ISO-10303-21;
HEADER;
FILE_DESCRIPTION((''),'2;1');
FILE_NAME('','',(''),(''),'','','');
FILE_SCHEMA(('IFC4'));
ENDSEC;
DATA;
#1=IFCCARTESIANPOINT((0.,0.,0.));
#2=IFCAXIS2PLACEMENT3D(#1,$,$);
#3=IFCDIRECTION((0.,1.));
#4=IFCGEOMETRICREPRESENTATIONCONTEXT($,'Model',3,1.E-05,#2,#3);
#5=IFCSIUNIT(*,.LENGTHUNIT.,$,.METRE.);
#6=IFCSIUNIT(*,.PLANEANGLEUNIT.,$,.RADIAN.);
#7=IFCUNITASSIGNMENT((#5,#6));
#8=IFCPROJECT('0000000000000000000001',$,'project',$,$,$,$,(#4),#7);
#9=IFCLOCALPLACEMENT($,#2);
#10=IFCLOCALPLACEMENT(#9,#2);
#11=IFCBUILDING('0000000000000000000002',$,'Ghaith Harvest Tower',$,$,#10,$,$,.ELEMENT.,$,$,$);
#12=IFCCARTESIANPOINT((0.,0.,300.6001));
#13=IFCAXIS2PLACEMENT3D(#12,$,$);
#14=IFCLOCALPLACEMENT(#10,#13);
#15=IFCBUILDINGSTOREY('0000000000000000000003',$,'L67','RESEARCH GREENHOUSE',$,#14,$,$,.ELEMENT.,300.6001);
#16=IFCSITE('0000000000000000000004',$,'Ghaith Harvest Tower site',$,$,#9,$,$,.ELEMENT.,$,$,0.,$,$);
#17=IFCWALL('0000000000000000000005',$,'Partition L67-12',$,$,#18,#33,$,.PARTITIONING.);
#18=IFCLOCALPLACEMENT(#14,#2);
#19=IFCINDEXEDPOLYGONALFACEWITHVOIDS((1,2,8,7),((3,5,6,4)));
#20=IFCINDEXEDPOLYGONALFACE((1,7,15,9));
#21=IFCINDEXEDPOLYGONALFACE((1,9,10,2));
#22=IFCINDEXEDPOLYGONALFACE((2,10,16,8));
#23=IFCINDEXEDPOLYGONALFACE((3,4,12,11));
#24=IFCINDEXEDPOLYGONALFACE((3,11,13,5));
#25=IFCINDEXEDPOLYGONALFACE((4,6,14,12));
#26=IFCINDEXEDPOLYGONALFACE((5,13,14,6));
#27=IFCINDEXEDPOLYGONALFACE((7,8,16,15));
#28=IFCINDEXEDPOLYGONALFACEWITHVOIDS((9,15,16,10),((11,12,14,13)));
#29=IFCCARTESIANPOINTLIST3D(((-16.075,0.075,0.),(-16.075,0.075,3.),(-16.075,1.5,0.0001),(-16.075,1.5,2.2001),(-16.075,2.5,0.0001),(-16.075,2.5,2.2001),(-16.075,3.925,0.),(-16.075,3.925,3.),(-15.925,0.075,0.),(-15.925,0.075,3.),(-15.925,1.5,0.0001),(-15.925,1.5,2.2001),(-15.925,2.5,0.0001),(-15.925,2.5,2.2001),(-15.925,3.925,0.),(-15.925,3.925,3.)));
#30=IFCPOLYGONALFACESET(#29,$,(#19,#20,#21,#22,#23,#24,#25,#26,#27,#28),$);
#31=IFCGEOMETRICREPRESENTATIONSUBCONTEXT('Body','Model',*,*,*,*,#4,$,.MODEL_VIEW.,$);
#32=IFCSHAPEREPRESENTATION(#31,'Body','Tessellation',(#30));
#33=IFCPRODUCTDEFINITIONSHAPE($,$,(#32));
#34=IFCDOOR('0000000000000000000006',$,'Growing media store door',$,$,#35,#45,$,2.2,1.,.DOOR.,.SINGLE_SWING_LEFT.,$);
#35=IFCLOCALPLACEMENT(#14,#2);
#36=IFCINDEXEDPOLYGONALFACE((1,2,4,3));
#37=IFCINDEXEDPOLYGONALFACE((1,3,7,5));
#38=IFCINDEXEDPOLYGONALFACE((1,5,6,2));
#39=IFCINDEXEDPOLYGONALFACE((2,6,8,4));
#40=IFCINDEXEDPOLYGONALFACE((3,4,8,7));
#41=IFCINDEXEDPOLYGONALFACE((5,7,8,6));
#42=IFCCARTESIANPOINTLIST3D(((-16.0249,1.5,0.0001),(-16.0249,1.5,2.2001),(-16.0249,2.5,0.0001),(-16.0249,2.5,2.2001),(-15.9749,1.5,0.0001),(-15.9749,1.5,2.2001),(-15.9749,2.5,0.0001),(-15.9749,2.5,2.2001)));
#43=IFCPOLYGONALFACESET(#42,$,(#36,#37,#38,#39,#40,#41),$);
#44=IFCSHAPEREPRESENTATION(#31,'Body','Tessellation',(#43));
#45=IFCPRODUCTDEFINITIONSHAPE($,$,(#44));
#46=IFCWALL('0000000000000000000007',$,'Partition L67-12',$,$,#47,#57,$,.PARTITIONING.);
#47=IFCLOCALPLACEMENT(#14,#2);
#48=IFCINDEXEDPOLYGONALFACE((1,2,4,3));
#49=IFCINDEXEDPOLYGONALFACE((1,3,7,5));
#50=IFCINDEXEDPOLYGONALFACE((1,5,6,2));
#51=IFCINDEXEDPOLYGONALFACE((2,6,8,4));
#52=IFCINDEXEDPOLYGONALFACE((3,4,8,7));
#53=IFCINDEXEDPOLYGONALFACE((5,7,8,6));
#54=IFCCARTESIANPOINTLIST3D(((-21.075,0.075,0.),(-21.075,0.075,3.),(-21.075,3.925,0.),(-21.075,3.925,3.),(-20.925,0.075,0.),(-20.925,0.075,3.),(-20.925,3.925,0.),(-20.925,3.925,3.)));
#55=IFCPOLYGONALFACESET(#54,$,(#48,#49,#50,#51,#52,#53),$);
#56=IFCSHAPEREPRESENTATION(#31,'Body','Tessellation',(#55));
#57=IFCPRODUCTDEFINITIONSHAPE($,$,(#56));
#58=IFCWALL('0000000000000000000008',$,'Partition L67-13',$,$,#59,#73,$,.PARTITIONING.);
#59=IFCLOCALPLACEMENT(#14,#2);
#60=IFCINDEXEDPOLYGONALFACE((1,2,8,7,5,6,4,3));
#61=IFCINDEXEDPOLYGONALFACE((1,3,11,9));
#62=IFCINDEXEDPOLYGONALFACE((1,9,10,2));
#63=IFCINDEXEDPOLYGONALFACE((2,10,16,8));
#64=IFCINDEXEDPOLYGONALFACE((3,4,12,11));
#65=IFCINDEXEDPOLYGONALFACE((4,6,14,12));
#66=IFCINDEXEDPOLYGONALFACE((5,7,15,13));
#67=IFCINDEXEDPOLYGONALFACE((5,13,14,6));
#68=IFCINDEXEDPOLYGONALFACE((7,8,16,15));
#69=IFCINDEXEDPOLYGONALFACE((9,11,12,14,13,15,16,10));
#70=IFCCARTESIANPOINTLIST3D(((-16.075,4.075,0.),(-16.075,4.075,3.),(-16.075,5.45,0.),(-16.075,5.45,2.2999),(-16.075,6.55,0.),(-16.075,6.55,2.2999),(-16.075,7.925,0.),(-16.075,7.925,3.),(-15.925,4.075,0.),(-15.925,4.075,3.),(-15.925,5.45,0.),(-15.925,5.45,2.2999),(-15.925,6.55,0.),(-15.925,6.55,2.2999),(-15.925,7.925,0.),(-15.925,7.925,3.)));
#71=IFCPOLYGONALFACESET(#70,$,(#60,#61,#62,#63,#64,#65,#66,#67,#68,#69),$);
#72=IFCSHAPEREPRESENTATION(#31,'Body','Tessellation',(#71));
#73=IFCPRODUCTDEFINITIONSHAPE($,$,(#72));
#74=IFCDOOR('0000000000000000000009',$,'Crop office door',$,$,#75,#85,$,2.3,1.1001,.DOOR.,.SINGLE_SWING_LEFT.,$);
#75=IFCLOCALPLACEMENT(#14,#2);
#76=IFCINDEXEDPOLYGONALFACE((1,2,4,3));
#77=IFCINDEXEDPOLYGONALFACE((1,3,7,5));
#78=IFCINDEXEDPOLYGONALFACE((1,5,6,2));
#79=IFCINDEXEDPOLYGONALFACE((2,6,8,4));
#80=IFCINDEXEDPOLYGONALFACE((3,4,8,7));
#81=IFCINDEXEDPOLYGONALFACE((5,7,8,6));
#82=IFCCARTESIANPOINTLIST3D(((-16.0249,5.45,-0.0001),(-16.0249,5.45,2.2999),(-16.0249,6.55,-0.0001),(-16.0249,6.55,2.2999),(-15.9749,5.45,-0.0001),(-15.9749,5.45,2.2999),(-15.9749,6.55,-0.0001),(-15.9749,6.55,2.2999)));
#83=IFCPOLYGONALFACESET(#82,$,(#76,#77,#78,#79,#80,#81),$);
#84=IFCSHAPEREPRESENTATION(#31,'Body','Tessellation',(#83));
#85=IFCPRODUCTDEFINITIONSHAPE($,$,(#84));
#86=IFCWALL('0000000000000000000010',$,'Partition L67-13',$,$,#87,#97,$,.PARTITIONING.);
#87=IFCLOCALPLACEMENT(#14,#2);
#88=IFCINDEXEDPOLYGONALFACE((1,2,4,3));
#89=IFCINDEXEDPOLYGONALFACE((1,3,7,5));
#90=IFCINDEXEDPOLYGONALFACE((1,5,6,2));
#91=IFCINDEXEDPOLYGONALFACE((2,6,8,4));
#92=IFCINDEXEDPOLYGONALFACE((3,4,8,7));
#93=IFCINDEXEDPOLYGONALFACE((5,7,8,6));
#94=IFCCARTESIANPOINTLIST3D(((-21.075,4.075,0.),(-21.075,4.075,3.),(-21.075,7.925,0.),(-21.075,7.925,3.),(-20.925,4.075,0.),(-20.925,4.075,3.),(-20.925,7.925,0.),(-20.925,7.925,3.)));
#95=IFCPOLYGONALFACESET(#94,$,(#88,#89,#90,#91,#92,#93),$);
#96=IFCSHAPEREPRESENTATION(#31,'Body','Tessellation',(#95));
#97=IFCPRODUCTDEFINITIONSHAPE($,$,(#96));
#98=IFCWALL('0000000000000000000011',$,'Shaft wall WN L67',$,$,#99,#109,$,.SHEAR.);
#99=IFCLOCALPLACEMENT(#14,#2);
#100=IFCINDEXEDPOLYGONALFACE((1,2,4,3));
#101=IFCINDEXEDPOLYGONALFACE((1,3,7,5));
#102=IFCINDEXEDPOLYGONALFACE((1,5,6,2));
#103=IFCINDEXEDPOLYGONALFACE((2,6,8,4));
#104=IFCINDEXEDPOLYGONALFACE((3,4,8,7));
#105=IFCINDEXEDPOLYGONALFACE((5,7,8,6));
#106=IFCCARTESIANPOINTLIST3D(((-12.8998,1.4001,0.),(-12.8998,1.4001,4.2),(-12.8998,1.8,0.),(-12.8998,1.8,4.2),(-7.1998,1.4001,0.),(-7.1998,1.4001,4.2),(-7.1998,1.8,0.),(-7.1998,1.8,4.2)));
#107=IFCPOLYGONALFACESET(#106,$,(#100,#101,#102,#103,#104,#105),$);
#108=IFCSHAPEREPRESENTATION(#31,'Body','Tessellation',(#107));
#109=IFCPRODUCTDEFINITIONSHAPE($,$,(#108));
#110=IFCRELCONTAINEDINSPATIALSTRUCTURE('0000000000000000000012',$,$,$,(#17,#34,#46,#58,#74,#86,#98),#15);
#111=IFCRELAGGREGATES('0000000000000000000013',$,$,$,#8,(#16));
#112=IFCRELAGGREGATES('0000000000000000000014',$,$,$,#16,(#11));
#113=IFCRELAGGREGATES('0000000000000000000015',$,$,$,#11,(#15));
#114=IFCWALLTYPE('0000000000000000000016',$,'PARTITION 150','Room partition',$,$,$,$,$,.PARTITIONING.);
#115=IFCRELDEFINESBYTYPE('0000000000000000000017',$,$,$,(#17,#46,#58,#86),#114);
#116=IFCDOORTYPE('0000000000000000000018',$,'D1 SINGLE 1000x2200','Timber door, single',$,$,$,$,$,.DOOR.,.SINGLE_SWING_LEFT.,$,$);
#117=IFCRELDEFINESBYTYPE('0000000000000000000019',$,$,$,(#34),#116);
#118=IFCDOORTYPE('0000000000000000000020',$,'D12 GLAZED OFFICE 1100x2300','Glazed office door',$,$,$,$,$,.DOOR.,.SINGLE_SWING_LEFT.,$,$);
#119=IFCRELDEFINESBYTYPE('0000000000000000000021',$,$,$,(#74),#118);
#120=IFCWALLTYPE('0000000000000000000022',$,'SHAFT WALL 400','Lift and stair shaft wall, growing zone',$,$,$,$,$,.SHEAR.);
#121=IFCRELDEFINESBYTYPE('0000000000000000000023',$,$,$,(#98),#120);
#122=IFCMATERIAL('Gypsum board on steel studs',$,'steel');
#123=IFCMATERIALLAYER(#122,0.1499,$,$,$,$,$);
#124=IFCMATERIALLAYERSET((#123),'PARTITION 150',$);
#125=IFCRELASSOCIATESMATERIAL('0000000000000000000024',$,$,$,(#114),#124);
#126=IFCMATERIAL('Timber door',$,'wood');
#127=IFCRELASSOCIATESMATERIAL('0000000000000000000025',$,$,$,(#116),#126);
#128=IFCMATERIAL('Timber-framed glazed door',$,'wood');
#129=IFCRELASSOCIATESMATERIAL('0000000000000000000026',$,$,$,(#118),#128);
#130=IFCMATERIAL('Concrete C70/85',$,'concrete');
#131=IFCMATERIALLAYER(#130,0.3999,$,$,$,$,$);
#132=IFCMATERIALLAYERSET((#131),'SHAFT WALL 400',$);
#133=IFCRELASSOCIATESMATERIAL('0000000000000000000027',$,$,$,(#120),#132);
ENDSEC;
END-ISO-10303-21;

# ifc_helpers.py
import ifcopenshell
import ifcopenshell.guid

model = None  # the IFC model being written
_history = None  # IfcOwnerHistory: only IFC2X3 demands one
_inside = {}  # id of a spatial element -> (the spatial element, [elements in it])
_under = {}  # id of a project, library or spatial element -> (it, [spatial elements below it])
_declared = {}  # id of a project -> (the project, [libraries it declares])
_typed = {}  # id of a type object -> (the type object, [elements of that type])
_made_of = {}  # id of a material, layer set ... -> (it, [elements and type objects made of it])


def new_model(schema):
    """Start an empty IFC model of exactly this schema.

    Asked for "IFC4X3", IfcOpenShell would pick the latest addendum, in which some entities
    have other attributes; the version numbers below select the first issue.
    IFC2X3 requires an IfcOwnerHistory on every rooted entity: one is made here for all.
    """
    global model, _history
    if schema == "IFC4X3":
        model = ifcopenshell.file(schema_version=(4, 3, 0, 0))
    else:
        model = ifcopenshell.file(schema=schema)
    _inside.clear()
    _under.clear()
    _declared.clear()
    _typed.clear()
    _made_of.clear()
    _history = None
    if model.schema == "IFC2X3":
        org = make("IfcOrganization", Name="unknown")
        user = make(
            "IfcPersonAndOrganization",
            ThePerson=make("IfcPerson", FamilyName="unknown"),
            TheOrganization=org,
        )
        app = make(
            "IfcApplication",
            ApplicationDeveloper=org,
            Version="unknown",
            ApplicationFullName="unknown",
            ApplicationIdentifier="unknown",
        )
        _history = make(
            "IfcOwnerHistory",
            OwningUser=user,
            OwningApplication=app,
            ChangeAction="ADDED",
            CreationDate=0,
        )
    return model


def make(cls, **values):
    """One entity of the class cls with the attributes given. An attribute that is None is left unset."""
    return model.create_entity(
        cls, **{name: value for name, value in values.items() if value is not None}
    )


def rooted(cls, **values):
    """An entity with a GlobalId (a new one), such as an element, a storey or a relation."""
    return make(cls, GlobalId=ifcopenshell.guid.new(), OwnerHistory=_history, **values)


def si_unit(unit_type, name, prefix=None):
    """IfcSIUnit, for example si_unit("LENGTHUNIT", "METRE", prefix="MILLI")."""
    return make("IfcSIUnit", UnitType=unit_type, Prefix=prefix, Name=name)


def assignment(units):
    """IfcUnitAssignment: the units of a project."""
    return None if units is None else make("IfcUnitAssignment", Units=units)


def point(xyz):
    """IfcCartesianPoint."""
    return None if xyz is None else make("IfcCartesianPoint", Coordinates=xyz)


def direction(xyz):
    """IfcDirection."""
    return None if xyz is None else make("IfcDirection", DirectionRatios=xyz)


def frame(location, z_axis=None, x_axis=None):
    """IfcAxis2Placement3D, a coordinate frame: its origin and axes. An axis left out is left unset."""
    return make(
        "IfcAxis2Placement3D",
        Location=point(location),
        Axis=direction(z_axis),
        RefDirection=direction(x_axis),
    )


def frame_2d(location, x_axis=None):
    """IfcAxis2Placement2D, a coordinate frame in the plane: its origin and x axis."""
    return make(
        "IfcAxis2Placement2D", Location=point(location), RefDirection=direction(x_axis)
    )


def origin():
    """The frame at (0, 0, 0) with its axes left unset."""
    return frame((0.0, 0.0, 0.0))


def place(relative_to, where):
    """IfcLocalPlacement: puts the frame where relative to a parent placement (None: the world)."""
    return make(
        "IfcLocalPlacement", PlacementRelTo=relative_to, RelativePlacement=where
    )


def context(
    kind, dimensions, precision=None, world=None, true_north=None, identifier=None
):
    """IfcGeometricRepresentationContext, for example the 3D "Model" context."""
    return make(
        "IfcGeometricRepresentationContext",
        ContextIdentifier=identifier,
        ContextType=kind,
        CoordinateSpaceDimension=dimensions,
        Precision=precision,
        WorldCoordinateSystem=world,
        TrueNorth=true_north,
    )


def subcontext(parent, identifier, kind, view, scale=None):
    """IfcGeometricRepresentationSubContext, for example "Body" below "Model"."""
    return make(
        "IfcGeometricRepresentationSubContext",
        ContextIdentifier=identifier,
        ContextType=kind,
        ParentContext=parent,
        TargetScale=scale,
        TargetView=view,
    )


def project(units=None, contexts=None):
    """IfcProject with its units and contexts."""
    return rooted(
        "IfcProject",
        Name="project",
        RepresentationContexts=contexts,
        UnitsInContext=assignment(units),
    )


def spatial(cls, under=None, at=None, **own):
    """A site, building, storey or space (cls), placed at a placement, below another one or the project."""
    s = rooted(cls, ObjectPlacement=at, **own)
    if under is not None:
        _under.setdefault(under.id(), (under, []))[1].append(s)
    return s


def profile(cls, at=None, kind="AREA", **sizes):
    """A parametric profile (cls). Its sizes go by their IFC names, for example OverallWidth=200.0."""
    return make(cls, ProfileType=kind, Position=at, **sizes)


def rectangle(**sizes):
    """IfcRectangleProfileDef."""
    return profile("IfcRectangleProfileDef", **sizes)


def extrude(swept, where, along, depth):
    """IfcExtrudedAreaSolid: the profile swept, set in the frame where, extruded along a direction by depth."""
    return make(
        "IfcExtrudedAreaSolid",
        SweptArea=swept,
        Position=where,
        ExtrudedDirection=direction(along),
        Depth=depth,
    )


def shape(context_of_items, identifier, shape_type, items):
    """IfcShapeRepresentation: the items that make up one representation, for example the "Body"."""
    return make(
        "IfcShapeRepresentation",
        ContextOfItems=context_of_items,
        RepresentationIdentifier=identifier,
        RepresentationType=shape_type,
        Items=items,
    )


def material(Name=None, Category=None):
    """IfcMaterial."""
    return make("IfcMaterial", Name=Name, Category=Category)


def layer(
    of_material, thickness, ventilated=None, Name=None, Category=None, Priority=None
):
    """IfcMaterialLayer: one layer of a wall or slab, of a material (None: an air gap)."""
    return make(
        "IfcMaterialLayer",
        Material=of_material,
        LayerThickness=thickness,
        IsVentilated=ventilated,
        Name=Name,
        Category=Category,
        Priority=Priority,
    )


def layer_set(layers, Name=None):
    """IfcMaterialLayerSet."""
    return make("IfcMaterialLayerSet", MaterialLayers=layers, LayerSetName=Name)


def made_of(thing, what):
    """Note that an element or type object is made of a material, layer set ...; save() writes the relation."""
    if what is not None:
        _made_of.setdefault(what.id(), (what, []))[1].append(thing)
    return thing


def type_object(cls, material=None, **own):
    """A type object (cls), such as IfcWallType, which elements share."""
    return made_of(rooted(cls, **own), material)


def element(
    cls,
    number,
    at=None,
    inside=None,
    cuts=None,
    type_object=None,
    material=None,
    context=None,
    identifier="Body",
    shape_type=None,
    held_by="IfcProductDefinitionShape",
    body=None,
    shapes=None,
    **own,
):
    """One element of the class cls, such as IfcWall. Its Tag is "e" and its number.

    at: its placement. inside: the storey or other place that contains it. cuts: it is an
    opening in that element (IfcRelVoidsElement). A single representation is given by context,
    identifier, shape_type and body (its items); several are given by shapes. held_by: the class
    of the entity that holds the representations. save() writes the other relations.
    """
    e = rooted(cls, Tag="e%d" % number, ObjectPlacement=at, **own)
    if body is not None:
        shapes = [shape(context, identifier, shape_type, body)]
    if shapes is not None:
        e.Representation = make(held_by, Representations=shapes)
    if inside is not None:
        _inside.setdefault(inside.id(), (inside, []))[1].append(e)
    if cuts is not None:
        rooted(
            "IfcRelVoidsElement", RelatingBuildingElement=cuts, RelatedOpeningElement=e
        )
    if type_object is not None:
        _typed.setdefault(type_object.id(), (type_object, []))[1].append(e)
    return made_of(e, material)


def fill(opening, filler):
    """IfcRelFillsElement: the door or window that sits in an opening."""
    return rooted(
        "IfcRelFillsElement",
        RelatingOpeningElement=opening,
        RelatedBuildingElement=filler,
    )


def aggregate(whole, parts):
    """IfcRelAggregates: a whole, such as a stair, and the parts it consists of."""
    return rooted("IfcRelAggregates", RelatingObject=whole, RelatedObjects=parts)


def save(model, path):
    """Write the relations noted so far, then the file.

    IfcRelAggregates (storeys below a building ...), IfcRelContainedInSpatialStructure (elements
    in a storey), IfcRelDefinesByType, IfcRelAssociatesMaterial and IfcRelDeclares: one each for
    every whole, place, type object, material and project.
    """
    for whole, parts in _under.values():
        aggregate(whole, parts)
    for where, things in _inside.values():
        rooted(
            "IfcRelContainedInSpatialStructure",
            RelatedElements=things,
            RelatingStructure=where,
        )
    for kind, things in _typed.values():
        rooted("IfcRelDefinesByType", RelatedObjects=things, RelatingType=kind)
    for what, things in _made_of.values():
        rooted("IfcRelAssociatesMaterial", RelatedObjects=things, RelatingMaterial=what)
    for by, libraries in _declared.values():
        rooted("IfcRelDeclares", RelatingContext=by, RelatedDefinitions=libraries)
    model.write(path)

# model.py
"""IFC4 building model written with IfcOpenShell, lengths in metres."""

from ifc_helpers import new_model, si_unit, direction, frame, frame_2d, origin, place, context, subcontext, project, spatial, rectangle, extrude, material, layer, layer_set, type_object, element, fill, save


model = new_model("IFC4")

# Units and contexts
model_context = context("Model", 3, precision=1e-05, world=origin(), true_north=direction((0.0, 1.0)))
body_context = subcontext(model_context, "Body", "Model", "MODEL_VIEW")
ifc_project = project(units=[si_unit("LENGTHUNIT", "METRE"), si_unit("PLANEANGLEUNIT", "RADIAN")], contexts=[model_context])

# Site, building, storey
site_placement = place(None, origin())
site = spatial("IfcSite", under=ifc_project, at=site_placement, Name="Ghaith Harvest Tower site", CompositionType="ELEMENT", RefElevation=0.0)
building_placement = place(site_placement, origin())
building = spatial("IfcBuilding", under=site, at=building_placement, Name="Ghaith Harvest Tower", CompositionType="ELEMENT")
storey_placement = place(building_placement, frame((0.0, 0.0, 300.6001)))
storey = spatial("IfcBuildingStorey", under=building, at=storey_placement, Name="L67", Description="RESEARCH GREENHOUSE", CompositionType="ELEMENT", Elevation=300.6001)

# Shared definitions
ifc_material_1 = material(Name="Gypsum board on steel studs", Category="steel")
ifc_layer_1 = layer(ifc_material_1, 0.1499)
ifc_layer_set_1 = layer_set([ifc_layer_1], Name="PARTITION 150")
wall_type_1 = type_object("IfcWallType", Name="PARTITION 150", Description="Room partition", PredefinedType="PARTITIONING", material=ifc_layer_set_1)

# Wall, opening, door
wall_1_placement = place(storey_placement, frame((-16.0, 0.075, 0.0), z_axis=(0.0, 0.0, 1.0), x_axis=(0.0, 1.0, 0.0)))
wall_1 = element("IfcWall", 1, at=wall_1_placement, inside=storey, type_object=wall_type_1, Name="Partition L67-12", PredefinedType="PARTITIONING", context=body_context, shape_type="SweptSolid", body=[
    extrude(rectangle(XDim=3.8501, YDim=0.1499, at=frame_2d((1.925, 0.0))), origin(), (0.0, 0.0, 1.0), 3.0),
])
opening_1_placement = place(wall_1_placement, frame((1.425, 0.0, 0.0)))
opening_1 = element("IfcOpeningElement", 2, at=opening_1_placement, cuts=wall_1, PredefinedType="OPENING", context=body_context, shape_type="SweptSolid", body=[
    extrude(rectangle(XDim=1.0, YDim=2.2, at=frame_2d((0.5, 1.1001))), frame((0.0, 0.085, 0.0), z_axis=(0.0, -1.0, 0.0), x_axis=(1.0, 0.0, 0.0)), (0.0, 0.0, 1.0), 0.1699),
])
ifc_material_2 = material(Name="Timber door", Category="wood")
door_type_1 = type_object("IfcDoorType", Name="D1 SINGLE 1000x2200", Description="Timber door, single", OperationType="SINGLE_SWING_LEFT", PredefinedType="DOOR", material=ifc_material_2)
door_1_placement = place(opening_1_placement, origin())
door_1 = element("IfcDoor", 3, at=door_1_placement, inside=storey, type_object=door_type_1, Name="Growing media store door", OperationType="SINGLE_SWING_LEFT", OverallHeight=2.2, OverallWidth=1.0, PredefinedType="DOOR", context=body_context, shape_type="SweptSolid", body=[
    extrude(rectangle(XDim=1.0, YDim=2.2, at=frame_2d((0.5, 1.1001))), frame((0.0, 0.0249, 0.0), z_axis=(0.0, -1.0, 0.0), x_axis=(1.0, 0.0, 0.0)), (0.0, 0.0, 1.0), 0.05),
])
fill(opening_1, door_1)

# Wall
wall_2_placement = place(storey_placement, frame((-21.0, 0.075, 0.0), z_axis=(0.0, 0.0, 1.0), x_axis=(0.0, 1.0, 0.0)))
element("IfcWall", 4, at=wall_2_placement, inside=storey, type_object=wall_type_1, Name="Partition L67-12", PredefinedType="PARTITIONING", context=body_context, shape_type="SweptSolid", body=[
    extrude(rectangle(XDim=3.8501, YDim=0.1499, at=frame_2d((1.925, 0.0))), origin(), (0.0, 0.0, 1.0), 3.0),
])

# Wall, opening, door
wall_3_placement = place(storey_placement, frame((-16.0, 4.075, 0.0), z_axis=(0.0, 0.0, 1.0), x_axis=(0.0, 1.0, 0.0)))
wall_3 = element("IfcWall", 5, at=wall_3_placement, inside=storey, type_object=wall_type_1, Name="Partition L67-13", PredefinedType="PARTITIONING", context=body_context, shape_type="SweptSolid", body=[
    extrude(rectangle(XDim=3.8501, YDim=0.1499, at=frame_2d((1.925, 0.0))), origin(), (0.0, 0.0, 1.0), 3.0),
])
opening_2_placement = place(wall_3_placement, frame((1.375, 0.0, 0.0)))
opening_2 = element("IfcOpeningElement", 6, at=opening_2_placement, cuts=wall_3, PredefinedType="OPENING", context=body_context, shape_type="SweptSolid", body=[
    extrude(rectangle(XDim=1.1001, YDim=2.3, at=frame_2d((0.55, 1.1499))), frame((0.0, 0.085, 0.0), z_axis=(0.0, -1.0, 0.0), x_axis=(1.0, 0.0, 0.0)), (0.0, 0.0, 1.0), 0.1699),
])
ifc_material_3 = material(Name="Timber-framed glazed door", Category="wood")
door_type_2 = type_object("IfcDoorType", Name="D12 GLAZED OFFICE 1100x2300", Description="Glazed office door", OperationType="SINGLE_SWING_LEFT", PredefinedType="DOOR", material=ifc_material_3)
door_2_placement = place(opening_2_placement, origin())
door_2 = element("IfcDoor", 7, at=door_2_placement, inside=storey, type_object=door_type_2, Name="Crop office door", OperationType="SINGLE_SWING_LEFT", OverallHeight=2.3, OverallWidth=1.1001, PredefinedType="DOOR", context=body_context, shape_type="SweptSolid", body=[
    extrude(rectangle(XDim=1.1001, YDim=2.3, at=frame_2d((0.55, 1.1499))), frame((0.0, 0.0249, 0.0), z_axis=(0.0, -1.0, 0.0), x_axis=(1.0, 0.0, 0.0)), (0.0, 0.0, 1.0), 0.05),
])
fill(opening_2, door_2)

# Walls
wall_4_placement = place(storey_placement, frame((-21.0, 4.075, 0.0), z_axis=(0.0, 0.0, 1.0), x_axis=(0.0, 1.0, 0.0)))
element("IfcWall", 8, at=wall_4_placement, inside=storey, type_object=wall_type_1, Name="Partition L67-13", PredefinedType="PARTITIONING", context=body_context, shape_type="SweptSolid", body=[
    extrude(rectangle(XDim=3.8501, YDim=0.1499, at=frame_2d((1.925, 0.0))), origin(), (0.0, 0.0, 1.0), 3.0),
])
ifc_material_4 = material(Name="Concrete C70/85", Category="concrete")
ifc_layer_2 = layer(ifc_material_4, 0.3999)
ifc_layer_set_2 = layer_set([ifc_layer_2], Name="SHAFT WALL 400")
wall_type_2 = type_object("IfcWallType", Name="SHAFT WALL 400", Description="Lift and stair shaft wall, growing zone", PredefinedType="SHEAR", material=ifc_layer_set_2)
wall_5_placement = place(storey_placement, frame((-12.8999, 1.6001, 0.0), z_axis=(0.0, 0.0, 1.0), x_axis=(1.0, 0.0, 0.0)))
element("IfcWall", 9, at=wall_5_placement, inside=storey, type_object=wall_type_2, Name="Shaft wall WN L67", PredefinedType="SHEAR", context=body_context, shape_type="SweptSolid", body=[
    extrude(rectangle(XDim=5.7, YDim=0.3999, at=frame_2d((2.8501, 0.0))), origin(), (0.0, 0.0, 1.0), 4.2),
])

save(model, "model.ifc")
